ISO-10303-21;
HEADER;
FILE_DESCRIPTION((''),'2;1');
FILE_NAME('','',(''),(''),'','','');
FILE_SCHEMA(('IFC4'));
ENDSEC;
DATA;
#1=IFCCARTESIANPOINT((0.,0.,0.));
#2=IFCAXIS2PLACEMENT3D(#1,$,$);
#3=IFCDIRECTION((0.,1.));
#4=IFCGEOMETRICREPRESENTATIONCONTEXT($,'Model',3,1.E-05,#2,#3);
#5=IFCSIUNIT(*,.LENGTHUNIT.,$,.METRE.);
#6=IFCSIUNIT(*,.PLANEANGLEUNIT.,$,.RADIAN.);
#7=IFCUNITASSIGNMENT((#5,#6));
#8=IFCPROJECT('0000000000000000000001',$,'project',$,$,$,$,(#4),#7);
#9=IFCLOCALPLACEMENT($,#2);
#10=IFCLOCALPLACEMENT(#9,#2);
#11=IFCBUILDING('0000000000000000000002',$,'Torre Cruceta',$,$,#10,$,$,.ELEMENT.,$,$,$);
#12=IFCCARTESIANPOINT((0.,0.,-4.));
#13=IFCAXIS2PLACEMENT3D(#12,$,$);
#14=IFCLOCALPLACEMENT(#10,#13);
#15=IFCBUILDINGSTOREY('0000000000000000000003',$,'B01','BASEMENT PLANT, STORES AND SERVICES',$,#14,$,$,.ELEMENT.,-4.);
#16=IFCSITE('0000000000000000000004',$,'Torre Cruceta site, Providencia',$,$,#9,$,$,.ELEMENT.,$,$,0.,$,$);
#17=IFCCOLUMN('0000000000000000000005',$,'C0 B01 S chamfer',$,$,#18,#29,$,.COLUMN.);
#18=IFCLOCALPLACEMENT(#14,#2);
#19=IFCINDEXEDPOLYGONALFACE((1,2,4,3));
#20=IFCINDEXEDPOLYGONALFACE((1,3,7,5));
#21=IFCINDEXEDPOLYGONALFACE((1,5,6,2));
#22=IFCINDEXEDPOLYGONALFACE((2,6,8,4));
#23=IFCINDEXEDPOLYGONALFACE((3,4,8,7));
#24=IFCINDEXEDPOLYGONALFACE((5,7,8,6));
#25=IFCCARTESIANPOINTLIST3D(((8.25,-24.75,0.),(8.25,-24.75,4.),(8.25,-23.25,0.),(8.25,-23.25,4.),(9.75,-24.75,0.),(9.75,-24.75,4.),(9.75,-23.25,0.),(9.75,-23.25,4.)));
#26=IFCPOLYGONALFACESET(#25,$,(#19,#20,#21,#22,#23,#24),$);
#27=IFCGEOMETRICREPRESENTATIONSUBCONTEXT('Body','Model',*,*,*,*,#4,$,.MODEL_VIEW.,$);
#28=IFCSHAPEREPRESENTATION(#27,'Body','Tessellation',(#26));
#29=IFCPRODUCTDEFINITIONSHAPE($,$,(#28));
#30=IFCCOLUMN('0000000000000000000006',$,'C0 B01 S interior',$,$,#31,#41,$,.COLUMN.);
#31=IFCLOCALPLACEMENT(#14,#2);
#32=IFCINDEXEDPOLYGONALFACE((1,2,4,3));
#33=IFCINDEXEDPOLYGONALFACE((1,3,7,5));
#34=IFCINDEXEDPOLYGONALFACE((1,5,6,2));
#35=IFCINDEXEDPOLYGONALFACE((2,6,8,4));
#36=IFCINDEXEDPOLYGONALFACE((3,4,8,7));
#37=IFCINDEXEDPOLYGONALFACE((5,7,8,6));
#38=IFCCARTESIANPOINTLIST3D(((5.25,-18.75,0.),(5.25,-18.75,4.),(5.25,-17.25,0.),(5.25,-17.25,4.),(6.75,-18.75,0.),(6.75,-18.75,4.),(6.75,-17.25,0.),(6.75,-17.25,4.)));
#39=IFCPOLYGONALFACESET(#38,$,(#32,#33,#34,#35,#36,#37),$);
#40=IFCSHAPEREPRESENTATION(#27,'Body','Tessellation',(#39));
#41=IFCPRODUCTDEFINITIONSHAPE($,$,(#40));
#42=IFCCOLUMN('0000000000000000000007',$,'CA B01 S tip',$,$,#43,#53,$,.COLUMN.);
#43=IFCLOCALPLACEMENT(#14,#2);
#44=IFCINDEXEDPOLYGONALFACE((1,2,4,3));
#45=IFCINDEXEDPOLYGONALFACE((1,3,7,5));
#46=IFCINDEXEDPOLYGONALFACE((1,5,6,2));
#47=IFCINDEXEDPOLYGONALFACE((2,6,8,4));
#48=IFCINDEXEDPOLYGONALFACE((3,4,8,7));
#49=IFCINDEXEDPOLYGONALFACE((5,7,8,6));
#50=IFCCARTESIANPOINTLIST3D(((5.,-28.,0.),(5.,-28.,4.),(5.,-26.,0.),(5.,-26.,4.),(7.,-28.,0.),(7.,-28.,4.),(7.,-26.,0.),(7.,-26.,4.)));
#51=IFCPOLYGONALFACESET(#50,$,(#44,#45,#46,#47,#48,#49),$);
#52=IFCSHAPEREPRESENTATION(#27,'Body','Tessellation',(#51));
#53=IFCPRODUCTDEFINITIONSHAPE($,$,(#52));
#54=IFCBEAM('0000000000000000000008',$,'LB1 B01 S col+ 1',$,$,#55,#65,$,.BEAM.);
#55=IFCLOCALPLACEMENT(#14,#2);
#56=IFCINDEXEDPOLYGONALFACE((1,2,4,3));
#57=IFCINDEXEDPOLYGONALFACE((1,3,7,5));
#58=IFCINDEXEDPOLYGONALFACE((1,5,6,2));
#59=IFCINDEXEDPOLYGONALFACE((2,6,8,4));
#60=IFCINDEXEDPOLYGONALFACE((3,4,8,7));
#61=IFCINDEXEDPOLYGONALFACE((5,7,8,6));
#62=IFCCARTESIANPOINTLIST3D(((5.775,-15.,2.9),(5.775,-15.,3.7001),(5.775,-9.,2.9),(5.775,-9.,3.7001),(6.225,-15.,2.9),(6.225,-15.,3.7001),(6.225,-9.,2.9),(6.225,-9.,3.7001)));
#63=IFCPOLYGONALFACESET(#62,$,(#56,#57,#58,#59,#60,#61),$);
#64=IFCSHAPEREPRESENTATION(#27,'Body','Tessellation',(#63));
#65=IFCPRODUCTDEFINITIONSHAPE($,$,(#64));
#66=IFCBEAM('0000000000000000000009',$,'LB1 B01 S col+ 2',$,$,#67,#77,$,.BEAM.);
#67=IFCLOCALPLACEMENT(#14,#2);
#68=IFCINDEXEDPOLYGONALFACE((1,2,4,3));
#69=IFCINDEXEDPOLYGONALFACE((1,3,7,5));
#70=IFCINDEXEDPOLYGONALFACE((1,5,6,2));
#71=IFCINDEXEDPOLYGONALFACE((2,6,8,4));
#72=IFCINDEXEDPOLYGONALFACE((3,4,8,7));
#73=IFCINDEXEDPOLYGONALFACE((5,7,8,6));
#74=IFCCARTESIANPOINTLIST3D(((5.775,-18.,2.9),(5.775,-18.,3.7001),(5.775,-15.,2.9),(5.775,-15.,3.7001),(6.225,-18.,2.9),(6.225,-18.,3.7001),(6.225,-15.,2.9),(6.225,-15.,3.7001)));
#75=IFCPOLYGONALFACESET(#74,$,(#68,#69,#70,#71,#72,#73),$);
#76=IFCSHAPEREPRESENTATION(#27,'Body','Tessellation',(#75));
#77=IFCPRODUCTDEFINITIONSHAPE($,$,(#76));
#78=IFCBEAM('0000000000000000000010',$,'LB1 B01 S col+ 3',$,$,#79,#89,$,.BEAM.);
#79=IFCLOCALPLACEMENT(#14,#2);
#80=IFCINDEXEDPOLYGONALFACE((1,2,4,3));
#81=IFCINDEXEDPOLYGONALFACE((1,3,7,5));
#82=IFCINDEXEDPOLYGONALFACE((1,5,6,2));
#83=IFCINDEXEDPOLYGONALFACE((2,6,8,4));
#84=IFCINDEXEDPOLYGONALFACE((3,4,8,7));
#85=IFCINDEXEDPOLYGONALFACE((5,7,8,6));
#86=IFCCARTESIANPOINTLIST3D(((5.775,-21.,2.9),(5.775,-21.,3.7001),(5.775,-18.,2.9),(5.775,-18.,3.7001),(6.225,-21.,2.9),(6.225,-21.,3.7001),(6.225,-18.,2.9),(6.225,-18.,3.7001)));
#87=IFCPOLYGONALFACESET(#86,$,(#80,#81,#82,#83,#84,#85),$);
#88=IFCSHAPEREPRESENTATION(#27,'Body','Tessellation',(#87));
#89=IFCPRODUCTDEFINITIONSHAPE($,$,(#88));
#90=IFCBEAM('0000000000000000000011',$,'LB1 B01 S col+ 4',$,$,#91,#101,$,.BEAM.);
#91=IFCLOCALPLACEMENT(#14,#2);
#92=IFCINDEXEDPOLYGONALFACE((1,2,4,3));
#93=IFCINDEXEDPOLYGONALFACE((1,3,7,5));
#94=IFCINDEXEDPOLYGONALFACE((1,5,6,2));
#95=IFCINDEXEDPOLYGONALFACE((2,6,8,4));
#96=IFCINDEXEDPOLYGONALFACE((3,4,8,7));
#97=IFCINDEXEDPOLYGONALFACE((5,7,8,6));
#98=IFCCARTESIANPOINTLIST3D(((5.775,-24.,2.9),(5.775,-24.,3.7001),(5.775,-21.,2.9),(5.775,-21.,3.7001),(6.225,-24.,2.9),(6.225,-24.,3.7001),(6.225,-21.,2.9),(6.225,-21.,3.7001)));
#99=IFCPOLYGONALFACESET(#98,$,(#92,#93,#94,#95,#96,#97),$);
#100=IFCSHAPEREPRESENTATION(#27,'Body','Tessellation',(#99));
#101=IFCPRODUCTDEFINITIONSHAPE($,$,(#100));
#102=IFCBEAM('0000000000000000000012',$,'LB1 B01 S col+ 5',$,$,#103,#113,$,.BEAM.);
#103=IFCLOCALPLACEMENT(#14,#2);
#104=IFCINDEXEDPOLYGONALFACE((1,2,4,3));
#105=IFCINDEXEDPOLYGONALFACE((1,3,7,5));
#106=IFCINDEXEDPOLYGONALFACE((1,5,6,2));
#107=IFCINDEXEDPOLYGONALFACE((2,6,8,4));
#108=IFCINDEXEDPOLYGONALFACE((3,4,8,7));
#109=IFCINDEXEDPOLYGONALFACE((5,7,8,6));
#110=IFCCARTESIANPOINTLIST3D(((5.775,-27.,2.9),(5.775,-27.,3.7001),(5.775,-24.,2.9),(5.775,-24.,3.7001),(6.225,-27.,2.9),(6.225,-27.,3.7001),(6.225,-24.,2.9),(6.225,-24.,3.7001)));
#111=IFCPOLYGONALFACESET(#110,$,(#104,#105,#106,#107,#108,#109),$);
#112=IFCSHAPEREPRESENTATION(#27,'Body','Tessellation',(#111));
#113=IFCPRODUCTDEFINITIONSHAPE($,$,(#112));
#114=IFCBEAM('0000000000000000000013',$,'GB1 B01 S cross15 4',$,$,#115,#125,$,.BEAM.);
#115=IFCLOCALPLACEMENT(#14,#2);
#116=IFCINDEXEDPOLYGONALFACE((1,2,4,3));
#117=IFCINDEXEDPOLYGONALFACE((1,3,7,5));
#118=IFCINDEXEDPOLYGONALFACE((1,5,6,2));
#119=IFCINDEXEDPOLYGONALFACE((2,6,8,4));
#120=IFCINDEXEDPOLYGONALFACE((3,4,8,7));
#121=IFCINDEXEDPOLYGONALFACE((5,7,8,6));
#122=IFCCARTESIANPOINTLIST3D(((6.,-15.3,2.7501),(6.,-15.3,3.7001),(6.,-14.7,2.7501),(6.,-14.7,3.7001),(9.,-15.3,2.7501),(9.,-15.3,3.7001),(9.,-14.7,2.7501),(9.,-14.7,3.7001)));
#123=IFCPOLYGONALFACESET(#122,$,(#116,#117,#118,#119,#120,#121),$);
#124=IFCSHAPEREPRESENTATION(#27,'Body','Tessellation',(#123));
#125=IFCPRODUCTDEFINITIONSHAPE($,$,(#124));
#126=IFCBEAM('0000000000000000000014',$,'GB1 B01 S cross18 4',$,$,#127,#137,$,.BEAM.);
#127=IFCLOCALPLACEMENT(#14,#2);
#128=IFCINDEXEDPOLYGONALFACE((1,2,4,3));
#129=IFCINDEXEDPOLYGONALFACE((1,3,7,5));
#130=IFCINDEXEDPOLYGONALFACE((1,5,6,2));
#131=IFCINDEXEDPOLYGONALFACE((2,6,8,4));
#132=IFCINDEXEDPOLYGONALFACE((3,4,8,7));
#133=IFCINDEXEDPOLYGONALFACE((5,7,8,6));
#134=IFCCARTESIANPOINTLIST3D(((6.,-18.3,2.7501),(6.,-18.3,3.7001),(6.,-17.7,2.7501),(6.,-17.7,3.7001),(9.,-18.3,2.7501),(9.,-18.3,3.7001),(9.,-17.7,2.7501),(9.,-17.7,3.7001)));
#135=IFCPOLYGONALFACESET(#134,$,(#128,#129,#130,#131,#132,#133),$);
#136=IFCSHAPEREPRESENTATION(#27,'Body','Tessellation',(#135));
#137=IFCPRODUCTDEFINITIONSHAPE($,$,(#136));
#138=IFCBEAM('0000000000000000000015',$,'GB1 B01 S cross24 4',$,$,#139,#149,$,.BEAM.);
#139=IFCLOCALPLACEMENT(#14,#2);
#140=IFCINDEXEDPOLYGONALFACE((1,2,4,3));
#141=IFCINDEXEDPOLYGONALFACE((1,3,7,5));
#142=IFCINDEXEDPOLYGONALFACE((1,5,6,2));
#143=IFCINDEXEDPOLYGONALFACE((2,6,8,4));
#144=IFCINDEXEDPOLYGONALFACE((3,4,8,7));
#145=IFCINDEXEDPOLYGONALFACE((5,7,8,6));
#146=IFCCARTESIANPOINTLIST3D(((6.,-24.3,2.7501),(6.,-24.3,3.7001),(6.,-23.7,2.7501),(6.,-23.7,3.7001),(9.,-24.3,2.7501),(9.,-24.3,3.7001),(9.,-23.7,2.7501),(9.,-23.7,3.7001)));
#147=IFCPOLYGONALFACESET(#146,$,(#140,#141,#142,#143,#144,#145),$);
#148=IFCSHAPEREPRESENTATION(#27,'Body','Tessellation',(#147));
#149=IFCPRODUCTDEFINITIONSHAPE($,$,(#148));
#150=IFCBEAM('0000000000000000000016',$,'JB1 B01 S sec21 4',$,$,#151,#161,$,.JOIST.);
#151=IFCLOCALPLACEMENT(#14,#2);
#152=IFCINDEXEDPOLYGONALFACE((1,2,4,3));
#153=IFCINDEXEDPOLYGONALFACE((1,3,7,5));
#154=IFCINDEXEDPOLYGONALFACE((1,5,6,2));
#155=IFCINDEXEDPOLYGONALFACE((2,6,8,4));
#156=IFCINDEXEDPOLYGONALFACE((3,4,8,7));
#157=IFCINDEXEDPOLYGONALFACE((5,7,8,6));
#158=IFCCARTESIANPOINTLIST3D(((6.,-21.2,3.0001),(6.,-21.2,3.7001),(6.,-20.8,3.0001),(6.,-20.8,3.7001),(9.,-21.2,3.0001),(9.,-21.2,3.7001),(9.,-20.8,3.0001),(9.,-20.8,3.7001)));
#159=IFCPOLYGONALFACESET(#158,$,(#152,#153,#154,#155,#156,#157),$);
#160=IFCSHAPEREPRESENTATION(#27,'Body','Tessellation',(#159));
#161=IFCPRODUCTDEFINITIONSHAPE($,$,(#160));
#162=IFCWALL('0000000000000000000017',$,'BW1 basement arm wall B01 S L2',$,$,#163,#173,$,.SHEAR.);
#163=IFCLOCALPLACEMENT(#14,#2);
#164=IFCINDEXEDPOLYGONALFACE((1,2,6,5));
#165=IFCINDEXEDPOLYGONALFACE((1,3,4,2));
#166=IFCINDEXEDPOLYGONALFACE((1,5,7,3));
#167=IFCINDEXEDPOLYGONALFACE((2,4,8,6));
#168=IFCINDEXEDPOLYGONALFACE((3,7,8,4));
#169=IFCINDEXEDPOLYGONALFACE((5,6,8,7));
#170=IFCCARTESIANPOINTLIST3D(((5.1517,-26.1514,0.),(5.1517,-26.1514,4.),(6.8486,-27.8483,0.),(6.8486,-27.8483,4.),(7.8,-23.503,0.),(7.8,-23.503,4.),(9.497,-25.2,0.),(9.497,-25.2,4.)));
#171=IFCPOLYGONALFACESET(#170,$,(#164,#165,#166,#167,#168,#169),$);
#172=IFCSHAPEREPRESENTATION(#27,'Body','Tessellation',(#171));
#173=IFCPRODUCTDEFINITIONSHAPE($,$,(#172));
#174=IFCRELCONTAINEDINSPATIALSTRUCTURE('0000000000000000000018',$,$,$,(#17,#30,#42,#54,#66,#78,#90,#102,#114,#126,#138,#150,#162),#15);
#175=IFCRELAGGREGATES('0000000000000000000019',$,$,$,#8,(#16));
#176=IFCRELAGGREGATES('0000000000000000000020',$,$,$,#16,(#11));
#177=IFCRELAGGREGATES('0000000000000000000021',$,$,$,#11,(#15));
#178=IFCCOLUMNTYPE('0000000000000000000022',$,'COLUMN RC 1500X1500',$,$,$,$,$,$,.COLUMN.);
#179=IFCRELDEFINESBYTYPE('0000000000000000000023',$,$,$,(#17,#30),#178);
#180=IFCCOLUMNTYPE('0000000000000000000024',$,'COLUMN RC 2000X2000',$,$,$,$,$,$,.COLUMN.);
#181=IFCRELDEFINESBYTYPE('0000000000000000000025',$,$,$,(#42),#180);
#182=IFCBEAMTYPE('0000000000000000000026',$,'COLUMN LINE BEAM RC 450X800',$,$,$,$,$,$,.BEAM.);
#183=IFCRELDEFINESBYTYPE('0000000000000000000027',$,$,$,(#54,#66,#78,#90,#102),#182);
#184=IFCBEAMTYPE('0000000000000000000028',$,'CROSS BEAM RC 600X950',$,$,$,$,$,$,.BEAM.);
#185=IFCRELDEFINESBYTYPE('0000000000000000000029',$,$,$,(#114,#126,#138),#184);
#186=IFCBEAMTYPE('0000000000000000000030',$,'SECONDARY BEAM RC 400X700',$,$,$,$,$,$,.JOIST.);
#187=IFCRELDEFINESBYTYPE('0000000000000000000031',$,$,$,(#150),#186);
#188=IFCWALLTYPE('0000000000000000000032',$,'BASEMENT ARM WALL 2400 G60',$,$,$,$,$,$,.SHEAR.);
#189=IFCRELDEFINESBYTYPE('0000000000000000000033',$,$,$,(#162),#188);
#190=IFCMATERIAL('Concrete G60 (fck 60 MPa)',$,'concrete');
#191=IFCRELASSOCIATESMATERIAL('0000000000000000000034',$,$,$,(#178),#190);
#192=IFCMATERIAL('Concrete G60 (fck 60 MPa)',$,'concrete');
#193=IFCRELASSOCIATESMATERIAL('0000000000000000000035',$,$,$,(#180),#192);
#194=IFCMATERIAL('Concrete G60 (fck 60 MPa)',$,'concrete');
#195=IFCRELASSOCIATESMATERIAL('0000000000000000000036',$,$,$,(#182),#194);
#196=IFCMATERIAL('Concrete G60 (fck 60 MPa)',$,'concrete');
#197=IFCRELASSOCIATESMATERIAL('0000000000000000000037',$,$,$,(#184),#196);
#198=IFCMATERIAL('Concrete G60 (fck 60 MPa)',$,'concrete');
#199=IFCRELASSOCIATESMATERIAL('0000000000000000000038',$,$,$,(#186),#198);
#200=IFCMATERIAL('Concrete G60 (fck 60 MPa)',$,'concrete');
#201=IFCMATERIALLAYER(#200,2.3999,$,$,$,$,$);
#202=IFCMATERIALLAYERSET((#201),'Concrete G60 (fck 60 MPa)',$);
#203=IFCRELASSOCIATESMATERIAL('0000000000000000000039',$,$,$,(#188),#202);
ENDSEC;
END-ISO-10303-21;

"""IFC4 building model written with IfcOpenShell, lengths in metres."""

from ifc_helpers import new_model, si_unit, direction, frame, frame_2d, origin, origin_2d, place, context, subcontext, project, spatial, rectangle, extrude, material, layer, layer_set, material_profile, profile_set, type_object, element, save


model = new_model("IFC4")

# Units and contexts
model_context = context("Model", 3, precision=1e-05, world=origin(), true_north=direction((0.0, 1.0)))
body_context = subcontext(model_context, "Body", "Model", "MODEL_VIEW")
ifc_project = project(units=[si_unit("LENGTHUNIT", "METRE"), si_unit("PLANEANGLEUNIT", "RADIAN")], contexts=[model_context])

# Site, building, storey
site_placement = place(None, origin())
site = spatial("IfcSite", under=ifc_project, at=site_placement, Name="Torre Cruceta site, Providencia", CompositionType="ELEMENT", RefElevation=0.0)
building_placement = place(site_placement, origin())
building = spatial("IfcBuilding", under=site, at=building_placement, Name="Torre Cruceta", CompositionType="ELEMENT")
storey_placement = place(building_placement, frame((0.0, 0.0, -4.0)))
storey = spatial("IfcBuildingStorey", under=building, at=storey_placement, Name="B01", Description="BASEMENT PLANT, STORES AND SERVICES", CompositionType="ELEMENT", Elevation=-4.0)

# Columns
ifc_material_1 = material(Name="Concrete G60 (fck 60 MPa)", Category="concrete")
ifc_material_profile_1 = material_profile(ifc_material_1, rectangle(XDim=1.5, YDim=1.5, at=origin_2d()), Name="RC 1500X1500")
ifc_profile_set_1 = profile_set([ifc_material_profile_1], Name="Concrete G60 (fck 60 MPa)")
column_type_1 = type_object("IfcColumnType", Name="COLUMN RC 1500X1500", PredefinedType="COLUMN", material=ifc_profile_set_1)
for number, where, z_axis, x_axis, name in (
    (1, (9.0, -24.0, 0.0), (0.0, 0.0, 1.0), (1.0, 0.0, 0.0), "C0 B01 S chamfer"),
    (2, (6.0, -18.0, 0.0), (0.0, 0.0, 1.0), (1.0, 0.0, 0.0), "C0 B01 S interior"),
):
    element("IfcColumn", number, at=place(storey_placement, frame(where, z_axis=z_axis, x_axis=x_axis)), inside=storey, type_object=column_type_1, Name=name, PredefinedType="COLUMN", context=body_context, shape_type="SweptSolid", body=[
        extrude(rectangle(XDim=1.5, YDim=1.5, at=origin_2d()), origin(), (0.0, 0.0, 1.0), 4.0),
    ])
ifc_material_2 = material(Name="Concrete G60 (fck 60 MPa)", Category="concrete")
ifc_material_profile_2 = material_profile(ifc_material_2, rectangle(XDim=2.0, YDim=2.0, at=origin_2d()), Name="RC 2000X2000")
ifc_profile_set_2 = profile_set([ifc_material_profile_2], Name="Concrete G60 (fck 60 MPa)")
column_type_2 = type_object("IfcColumnType", Name="COLUMN RC 2000X2000", PredefinedType="COLUMN", material=ifc_profile_set_2)
column_placement = place(storey_placement, frame((6.0, -27.0, 0.0), z_axis=(0.0, 0.0, 1.0), x_axis=(1.0, 0.0, 0.0)))
element("IfcColumn", 3, at=column_placement, inside=storey, type_object=column_type_2, Name="CA B01 S tip", PredefinedType="COLUMN", context=body_context, shape_type="SweptSolid", body=[
    extrude(rectangle(XDim=2.0, YDim=2.0, at=origin_2d()), origin(), (0.0, 0.0, 1.0), 4.0),
])

# Beams
ifc_material_3 = material(Name="Concrete G60 (fck 60 MPa)", Category="concrete")
ifc_material_profile_3 = material_profile(ifc_material_3, rectangle(XDim=0.45, YDim=0.8, at=origin_2d()), Name="RC 450X800")
ifc_profile_set_3 = profile_set([ifc_material_profile_3], Name="Concrete G60 (fck 60 MPa)")
beam_type_1 = type_object("IfcBeamType", Name="COLUMN LINE BEAM RC 450X800", PredefinedType="BEAM", material=ifc_profile_set_3)
beam_1_placement = place(storey_placement, frame((6.0, -9.0, 3.3), z_axis=(0.0, -1.0, 0.0), x_axis=(1.0, 0.0, 0.0)))
element("IfcBeam", 4, at=beam_1_placement, inside=storey, type_object=beam_type_1, Name="LB1 B01 S col+ 1", PredefinedType="BEAM", context=body_context, shape_type="SweptSolid", body=[
    extrude(rectangle(XDim=0.45, YDim=0.8, at=origin_2d()), origin(), (0.0, 0.0, 1.0), 6.0),
])
for number, where, z_axis, x_axis, name in (
    (5, (6.0, -15.0, 3.3), (0.0, -1.0, 0.0), (1.0, 0.0, 0.0), "LB1 B01 S col+ 2"),
    (6, (6.0, -18.0, 3.3), (0.0, -1.0, 0.0), (1.0, 0.0, 0.0), "LB1 B01 S col+ 3"),
    (7, (6.0, -21.0, 3.3), (0.0, -1.0, 0.0), (1.0, 0.0, 0.0), "LB1 B01 S col+ 4"),
    (8, (6.0, -24.0, 3.3), (0.0, -1.0, 0.0), (1.0, 0.0, 0.0), "LB1 B01 S col+ 5"),
):
    element("IfcBeam", number, at=place(storey_placement, frame(where, z_axis=z_axis, x_axis=x_axis)), inside=storey, type_object=beam_type_1, Name=name, PredefinedType="BEAM", context=body_context, shape_type="SweptSolid", body=[
        extrude(rectangle(XDim=0.45, YDim=0.8, at=origin_2d()), origin(), (0.0, 0.0, 1.0), 3.0),
    ])
ifc_material_4 = material(Name="Concrete G60 (fck 60 MPa)", Category="concrete")
ifc_material_profile_4 = material_profile(ifc_material_4, rectangle(XDim=0.6001, YDim=0.95, at=origin_2d()), Name="RC 600X950")
ifc_profile_set_4 = profile_set([ifc_material_profile_4], Name="Concrete G60 (fck 60 MPa)")
beam_type_2 = type_object("IfcBeamType", Name="CROSS BEAM RC 600X950", PredefinedType="BEAM", material=ifc_profile_set_4)
for number, where, z_axis, x_axis, name in (
    (9, (6.0, -15.0, 3.2251), (1.0, 0.0, 0.0), (0.0, 1.0, 0.0), "GB1 B01 S cross15 4"),
    (10, (6.0, -18.0, 3.2251), (1.0, 0.0, 0.0), (0.0, 1.0, 0.0), "GB1 B01 S cross18 4"),
    (11, (6.0, -24.0, 3.2251), (1.0, 0.0, 0.0), (0.0, 1.0, 0.0), "GB1 B01 S cross24 4"),
):
    element("IfcBeam", number, at=place(storey_placement, frame(where, z_axis=z_axis, x_axis=x_axis)), inside=storey, type_object=beam_type_2, Name=name, PredefinedType="BEAM", context=body_context, shape_type="SweptSolid", body=[
        extrude(rectangle(XDim=0.6001, YDim=0.95, at=origin_2d()), origin(), (0.0, 0.0, 1.0), 3.0),
    ])
ifc_material_5 = material(Name="Concrete G60 (fck 60 MPa)", Category="concrete")
ifc_material_profile_5 = material_profile(ifc_material_5, rectangle(XDim=0.3999, YDim=0.7, at=origin_2d()), Name="RC 400X700")
ifc_profile_set_5 = profile_set([ifc_material_profile_5], Name="Concrete G60 (fck 60 MPa)")
beam_type_3 = type_object("IfcBeamType", Name="SECONDARY BEAM RC 400X700", PredefinedType="JOIST", material=ifc_profile_set_5)
beam_2_placement = place(storey_placement, frame((6.0, -21.0, 3.3501), z_axis=(1.0, 0.0, 0.0), x_axis=(0.0, 1.0, 0.0)))
element("IfcBeam", 12, at=beam_2_placement, inside=storey, type_object=beam_type_3, Name="JB1 B01 S sec21 4", PredefinedType="JOIST", context=body_context, shape_type="SweptSolid", body=[
    extrude(rectangle(XDim=0.3999, YDim=0.7, at=origin_2d()), origin(), (0.0, 0.0, 1.0), 3.0),
])

# Wall
ifc_material_6 = material(Name="Concrete G60 (fck 60 MPa)", Category="concrete")
ifc_layer_1 = layer(ifc_material_6, 2.3999)
ifc_layer_set_1 = layer_set([ifc_layer_1], Name="Concrete G60 (fck 60 MPa)")
wall_type_1 = type_object("IfcWallType", Name="BASEMENT ARM WALL 2400 G60", PredefinedType="SHEAR", material=ifc_layer_set_1)
wall_1_placement = place(storey_placement, frame((8.6484, -24.3516, 0.0), z_axis=(0.0, 0.0, 1.0), x_axis=(-0.707107, -0.707107, 0.0)))
element("IfcWall", 13, at=wall_1_placement, inside=storey, type_object=wall_type_1, Name="BW1 basement arm wall B01 S L2", PredefinedType="SHEAR", context=body_context, shape_type="SweptSolid", body=[
    extrude(rectangle(XDim=3.7454, YDim=2.3999, at=frame_2d((1.8726, 0.0))), origin(), (0.0, 0.0, 1.0), 4.0),
])

save(model, "model.ifc")
